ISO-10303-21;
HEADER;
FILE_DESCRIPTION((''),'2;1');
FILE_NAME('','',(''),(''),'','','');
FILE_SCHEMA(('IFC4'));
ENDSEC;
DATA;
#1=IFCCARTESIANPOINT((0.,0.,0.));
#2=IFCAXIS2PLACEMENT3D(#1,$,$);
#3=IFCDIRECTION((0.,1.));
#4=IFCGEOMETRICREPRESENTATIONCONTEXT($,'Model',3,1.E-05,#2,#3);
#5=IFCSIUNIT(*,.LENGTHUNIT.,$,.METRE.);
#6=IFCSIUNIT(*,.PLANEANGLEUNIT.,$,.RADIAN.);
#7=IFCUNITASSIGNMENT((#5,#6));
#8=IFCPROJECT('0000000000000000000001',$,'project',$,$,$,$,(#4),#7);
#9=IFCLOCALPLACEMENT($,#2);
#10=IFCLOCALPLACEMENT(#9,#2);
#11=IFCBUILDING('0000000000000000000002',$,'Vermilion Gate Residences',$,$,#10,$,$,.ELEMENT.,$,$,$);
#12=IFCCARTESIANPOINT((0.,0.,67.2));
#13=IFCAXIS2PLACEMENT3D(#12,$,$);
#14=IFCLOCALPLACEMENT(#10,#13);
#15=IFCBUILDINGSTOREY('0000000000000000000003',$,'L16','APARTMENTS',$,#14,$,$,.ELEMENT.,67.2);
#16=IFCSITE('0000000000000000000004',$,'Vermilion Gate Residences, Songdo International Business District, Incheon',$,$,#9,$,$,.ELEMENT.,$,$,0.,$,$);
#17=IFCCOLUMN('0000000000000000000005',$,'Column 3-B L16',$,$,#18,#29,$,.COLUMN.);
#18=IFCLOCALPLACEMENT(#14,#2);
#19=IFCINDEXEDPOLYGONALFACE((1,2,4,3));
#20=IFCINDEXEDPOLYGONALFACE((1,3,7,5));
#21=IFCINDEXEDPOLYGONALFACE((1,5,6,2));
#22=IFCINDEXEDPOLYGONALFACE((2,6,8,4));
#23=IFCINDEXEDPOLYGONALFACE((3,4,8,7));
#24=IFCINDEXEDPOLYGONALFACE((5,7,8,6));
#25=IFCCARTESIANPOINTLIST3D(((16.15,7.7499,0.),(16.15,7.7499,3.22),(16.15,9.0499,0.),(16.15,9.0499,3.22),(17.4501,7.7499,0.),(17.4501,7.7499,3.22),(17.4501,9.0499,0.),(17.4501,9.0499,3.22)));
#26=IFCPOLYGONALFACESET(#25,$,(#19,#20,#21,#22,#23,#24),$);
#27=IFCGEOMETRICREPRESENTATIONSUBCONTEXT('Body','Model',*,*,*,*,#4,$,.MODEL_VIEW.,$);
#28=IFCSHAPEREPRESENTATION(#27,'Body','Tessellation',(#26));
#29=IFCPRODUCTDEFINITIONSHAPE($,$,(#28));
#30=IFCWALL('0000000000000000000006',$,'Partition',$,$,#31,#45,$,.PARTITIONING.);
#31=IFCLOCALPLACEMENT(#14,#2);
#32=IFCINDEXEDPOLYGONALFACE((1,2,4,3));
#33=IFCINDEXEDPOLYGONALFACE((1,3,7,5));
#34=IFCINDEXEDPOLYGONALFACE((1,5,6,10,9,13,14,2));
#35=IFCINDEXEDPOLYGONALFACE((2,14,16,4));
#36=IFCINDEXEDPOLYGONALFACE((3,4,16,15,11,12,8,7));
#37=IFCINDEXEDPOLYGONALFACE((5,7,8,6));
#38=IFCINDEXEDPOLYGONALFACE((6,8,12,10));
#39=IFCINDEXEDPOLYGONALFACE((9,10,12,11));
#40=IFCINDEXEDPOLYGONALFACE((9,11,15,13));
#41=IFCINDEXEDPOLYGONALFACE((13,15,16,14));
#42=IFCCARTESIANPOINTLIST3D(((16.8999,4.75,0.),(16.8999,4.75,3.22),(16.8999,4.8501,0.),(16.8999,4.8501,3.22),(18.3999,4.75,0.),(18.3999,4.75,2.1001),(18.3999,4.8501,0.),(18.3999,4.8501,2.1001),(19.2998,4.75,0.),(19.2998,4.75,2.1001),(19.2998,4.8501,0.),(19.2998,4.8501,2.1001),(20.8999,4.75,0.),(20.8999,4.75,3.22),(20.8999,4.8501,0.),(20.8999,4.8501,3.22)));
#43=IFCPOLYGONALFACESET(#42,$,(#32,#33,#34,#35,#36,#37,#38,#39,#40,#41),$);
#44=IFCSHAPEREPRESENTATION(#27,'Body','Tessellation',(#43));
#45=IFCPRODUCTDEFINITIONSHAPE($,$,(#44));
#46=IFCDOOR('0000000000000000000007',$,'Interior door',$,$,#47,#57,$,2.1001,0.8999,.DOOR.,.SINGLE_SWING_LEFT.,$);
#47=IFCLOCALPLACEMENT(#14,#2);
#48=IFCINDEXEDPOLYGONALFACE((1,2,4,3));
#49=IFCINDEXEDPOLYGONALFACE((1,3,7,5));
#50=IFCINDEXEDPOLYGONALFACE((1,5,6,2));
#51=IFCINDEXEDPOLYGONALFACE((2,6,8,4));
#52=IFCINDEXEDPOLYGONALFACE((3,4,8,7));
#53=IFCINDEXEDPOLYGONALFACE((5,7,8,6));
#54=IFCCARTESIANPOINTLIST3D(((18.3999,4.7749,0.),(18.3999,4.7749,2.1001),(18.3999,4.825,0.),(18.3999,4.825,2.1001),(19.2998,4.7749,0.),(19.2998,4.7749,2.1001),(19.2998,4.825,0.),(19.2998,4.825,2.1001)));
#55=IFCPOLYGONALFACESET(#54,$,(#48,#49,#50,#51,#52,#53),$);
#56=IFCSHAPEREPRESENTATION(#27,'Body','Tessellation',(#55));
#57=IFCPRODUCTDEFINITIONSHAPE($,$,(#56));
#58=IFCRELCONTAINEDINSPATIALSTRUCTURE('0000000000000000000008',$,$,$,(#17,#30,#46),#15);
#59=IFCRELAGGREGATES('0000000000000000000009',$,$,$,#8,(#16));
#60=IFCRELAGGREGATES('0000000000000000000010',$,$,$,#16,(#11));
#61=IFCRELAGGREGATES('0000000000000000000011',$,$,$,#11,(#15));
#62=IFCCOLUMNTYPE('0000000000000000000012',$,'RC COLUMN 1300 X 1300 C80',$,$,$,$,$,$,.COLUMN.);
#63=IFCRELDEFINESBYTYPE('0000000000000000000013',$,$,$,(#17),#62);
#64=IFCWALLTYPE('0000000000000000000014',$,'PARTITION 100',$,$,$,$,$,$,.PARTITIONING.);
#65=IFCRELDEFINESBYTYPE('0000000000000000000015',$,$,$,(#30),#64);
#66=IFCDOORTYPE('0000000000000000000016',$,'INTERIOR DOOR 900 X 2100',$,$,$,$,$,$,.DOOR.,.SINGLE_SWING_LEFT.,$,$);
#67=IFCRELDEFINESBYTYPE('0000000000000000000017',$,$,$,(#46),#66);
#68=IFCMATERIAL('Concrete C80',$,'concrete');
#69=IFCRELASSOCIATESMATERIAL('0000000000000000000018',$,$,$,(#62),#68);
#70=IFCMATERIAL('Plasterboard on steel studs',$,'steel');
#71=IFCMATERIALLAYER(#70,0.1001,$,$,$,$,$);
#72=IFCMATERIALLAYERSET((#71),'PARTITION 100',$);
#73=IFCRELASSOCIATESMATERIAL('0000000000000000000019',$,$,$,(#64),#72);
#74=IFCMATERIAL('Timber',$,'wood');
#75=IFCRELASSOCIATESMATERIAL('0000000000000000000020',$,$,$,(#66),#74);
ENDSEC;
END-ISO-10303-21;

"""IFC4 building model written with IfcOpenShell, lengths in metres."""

from ifc_helpers import new_model, si_unit, direction, frame, frame_2d, origin, origin_2d, place, context, subcontext, project, spatial, rectangle, extrude, material, layer, layer_set, material_profile, profile_set, type_object, element, fill, save


model = new_model("IFC4")

# Units and contexts
model_context = context("Model", 3, precision=1e-05, world=origin(), true_north=direction((0.0, 1.0)))
body_context = subcontext(model_context, "Body", "Model", "MODEL_VIEW")
ifc_project = project(units=[si_unit("LENGTHUNIT", "METRE"), si_unit("PLANEANGLEUNIT", "RADIAN")], contexts=[model_context])

# Site, building, storey
site_placement = place(None, origin())
site = spatial("IfcSite", under=ifc_project, at=site_placement, Name="Vermilion Gate Residences, Songdo International Business District, Incheon", CompositionType="ELEMENT", RefElevation=0.0)
building_placement = place(site_placement, origin())
building = spatial("IfcBuilding", under=site, at=building_placement, Name="Vermilion Gate Residences", CompositionType="ELEMENT")
storey_placement = place(building_placement, frame((0.0, 0.0, 67.2)))
storey = spatial("IfcBuildingStorey", under=building, at=storey_placement, Name="L16", Description="APARTMENTS", CompositionType="ELEMENT", Elevation=67.2)

# Column
ifc_material_1 = material(Name="Concrete C80", Category="concrete")
ifc_material_profile = material_profile(ifc_material_1, rectangle(XDim=1.3, YDim=1.3, at=origin_2d()), Name="RC-1300x1300")
ifc_profile_set = profile_set([ifc_material_profile], Name="Concrete C80")
column_type = type_object("IfcColumnType", Name="RC COLUMN 1300 X 1300 C80", PredefinedType="COLUMN", material=ifc_profile_set)
column_placement = place(storey_placement, frame((16.8, 8.3999, 0.0), z_axis=(0.0, 0.0, 1.0), x_axis=(1.0, 0.0, 0.0)))
element("IfcColumn", 1, at=column_placement, inside=storey, type_object=column_type, Name="Column 3-B L16", PredefinedType="COLUMN", context=body_context, shape_type="SweptSolid", body=[
    extrude(rectangle(XDim=1.3, YDim=1.3, at=origin_2d()), origin(), (0.0, 0.0, 1.0), 3.22),
])

# Wall, opening, door
ifc_material_2 = material(Name="Plasterboard on steel studs", Category="steel")
ifc_layer_1 = layer(ifc_material_2, 0.1001)
ifc_layer_set_1 = layer_set([ifc_layer_1], Name="PARTITION 100")
wall_type_1 = type_object("IfcWallType", Name="PARTITION 100", PredefinedType="PARTITIONING", material=ifc_layer_set_1)
wall_1_placement = place(storey_placement, frame((16.8999, 4.8, 0.0), z_axis=(0.0, 0.0, 1.0), x_axis=(1.0, 0.0, 0.0)))
wall_1 = element("IfcWall", 2, at=wall_1_placement, inside=storey, type_object=wall_type_1, Name="Partition", PredefinedType="PARTITIONING", context=body_context, shape_type="SweptSolid", body=[
    extrude(rectangle(XDim=4.0, YDim=0.1001, at=frame_2d((2.0, 0.0))), origin(), (0.0, 0.0, 1.0), 3.22),
])
opening_1_placement = place(wall_1_placement, frame((1.5, 0.0, 0.0)))
opening_1 = element("IfcOpeningElement", 3, at=opening_1_placement, cuts=wall_1, PredefinedType="OPENING", context=body_context, shape_type="SweptSolid", body=[
    extrude(rectangle(XDim=0.8999, YDim=2.1001, at=frame_2d((0.45, 1.05))), frame((0.0, 0.0601, 0.0), z_axis=(0.0, -1.0, 0.0), x_axis=(1.0, 0.0, 0.0)), (0.0, 0.0, 1.0), 0.1201),
])
ifc_material_3 = material(Name="Timber", Category="wood")
door_type = type_object("IfcDoorType", Name="INTERIOR DOOR 900 X 2100", OperationType="SINGLE_SWING_LEFT", PredefinedType="DOOR", material=ifc_material_3)
door_1_placement = place(opening_1_placement, origin())
door_1 = element("IfcDoor", 4, at=door_1_placement, inside=storey, type_object=door_type, Name="Interior door", OperationType="SINGLE_SWING_LEFT", OverallHeight=2.1001, OverallWidth=0.8999, PredefinedType="DOOR", context=body_context, shape_type="SweptSolid", body=[
    extrude(rectangle(XDim=0.8999, YDim=2.1001, at=frame_2d((0.45, 1.05))), frame((0.0, 0.0249, 0.0), z_axis=(0.0, -1.0, 0.0), x_axis=(1.0, 0.0, 0.0)), (0.0, 0.0, 1.0), 0.05),
])
fill(opening_1, door_1)

save(model, "model.ifc")
